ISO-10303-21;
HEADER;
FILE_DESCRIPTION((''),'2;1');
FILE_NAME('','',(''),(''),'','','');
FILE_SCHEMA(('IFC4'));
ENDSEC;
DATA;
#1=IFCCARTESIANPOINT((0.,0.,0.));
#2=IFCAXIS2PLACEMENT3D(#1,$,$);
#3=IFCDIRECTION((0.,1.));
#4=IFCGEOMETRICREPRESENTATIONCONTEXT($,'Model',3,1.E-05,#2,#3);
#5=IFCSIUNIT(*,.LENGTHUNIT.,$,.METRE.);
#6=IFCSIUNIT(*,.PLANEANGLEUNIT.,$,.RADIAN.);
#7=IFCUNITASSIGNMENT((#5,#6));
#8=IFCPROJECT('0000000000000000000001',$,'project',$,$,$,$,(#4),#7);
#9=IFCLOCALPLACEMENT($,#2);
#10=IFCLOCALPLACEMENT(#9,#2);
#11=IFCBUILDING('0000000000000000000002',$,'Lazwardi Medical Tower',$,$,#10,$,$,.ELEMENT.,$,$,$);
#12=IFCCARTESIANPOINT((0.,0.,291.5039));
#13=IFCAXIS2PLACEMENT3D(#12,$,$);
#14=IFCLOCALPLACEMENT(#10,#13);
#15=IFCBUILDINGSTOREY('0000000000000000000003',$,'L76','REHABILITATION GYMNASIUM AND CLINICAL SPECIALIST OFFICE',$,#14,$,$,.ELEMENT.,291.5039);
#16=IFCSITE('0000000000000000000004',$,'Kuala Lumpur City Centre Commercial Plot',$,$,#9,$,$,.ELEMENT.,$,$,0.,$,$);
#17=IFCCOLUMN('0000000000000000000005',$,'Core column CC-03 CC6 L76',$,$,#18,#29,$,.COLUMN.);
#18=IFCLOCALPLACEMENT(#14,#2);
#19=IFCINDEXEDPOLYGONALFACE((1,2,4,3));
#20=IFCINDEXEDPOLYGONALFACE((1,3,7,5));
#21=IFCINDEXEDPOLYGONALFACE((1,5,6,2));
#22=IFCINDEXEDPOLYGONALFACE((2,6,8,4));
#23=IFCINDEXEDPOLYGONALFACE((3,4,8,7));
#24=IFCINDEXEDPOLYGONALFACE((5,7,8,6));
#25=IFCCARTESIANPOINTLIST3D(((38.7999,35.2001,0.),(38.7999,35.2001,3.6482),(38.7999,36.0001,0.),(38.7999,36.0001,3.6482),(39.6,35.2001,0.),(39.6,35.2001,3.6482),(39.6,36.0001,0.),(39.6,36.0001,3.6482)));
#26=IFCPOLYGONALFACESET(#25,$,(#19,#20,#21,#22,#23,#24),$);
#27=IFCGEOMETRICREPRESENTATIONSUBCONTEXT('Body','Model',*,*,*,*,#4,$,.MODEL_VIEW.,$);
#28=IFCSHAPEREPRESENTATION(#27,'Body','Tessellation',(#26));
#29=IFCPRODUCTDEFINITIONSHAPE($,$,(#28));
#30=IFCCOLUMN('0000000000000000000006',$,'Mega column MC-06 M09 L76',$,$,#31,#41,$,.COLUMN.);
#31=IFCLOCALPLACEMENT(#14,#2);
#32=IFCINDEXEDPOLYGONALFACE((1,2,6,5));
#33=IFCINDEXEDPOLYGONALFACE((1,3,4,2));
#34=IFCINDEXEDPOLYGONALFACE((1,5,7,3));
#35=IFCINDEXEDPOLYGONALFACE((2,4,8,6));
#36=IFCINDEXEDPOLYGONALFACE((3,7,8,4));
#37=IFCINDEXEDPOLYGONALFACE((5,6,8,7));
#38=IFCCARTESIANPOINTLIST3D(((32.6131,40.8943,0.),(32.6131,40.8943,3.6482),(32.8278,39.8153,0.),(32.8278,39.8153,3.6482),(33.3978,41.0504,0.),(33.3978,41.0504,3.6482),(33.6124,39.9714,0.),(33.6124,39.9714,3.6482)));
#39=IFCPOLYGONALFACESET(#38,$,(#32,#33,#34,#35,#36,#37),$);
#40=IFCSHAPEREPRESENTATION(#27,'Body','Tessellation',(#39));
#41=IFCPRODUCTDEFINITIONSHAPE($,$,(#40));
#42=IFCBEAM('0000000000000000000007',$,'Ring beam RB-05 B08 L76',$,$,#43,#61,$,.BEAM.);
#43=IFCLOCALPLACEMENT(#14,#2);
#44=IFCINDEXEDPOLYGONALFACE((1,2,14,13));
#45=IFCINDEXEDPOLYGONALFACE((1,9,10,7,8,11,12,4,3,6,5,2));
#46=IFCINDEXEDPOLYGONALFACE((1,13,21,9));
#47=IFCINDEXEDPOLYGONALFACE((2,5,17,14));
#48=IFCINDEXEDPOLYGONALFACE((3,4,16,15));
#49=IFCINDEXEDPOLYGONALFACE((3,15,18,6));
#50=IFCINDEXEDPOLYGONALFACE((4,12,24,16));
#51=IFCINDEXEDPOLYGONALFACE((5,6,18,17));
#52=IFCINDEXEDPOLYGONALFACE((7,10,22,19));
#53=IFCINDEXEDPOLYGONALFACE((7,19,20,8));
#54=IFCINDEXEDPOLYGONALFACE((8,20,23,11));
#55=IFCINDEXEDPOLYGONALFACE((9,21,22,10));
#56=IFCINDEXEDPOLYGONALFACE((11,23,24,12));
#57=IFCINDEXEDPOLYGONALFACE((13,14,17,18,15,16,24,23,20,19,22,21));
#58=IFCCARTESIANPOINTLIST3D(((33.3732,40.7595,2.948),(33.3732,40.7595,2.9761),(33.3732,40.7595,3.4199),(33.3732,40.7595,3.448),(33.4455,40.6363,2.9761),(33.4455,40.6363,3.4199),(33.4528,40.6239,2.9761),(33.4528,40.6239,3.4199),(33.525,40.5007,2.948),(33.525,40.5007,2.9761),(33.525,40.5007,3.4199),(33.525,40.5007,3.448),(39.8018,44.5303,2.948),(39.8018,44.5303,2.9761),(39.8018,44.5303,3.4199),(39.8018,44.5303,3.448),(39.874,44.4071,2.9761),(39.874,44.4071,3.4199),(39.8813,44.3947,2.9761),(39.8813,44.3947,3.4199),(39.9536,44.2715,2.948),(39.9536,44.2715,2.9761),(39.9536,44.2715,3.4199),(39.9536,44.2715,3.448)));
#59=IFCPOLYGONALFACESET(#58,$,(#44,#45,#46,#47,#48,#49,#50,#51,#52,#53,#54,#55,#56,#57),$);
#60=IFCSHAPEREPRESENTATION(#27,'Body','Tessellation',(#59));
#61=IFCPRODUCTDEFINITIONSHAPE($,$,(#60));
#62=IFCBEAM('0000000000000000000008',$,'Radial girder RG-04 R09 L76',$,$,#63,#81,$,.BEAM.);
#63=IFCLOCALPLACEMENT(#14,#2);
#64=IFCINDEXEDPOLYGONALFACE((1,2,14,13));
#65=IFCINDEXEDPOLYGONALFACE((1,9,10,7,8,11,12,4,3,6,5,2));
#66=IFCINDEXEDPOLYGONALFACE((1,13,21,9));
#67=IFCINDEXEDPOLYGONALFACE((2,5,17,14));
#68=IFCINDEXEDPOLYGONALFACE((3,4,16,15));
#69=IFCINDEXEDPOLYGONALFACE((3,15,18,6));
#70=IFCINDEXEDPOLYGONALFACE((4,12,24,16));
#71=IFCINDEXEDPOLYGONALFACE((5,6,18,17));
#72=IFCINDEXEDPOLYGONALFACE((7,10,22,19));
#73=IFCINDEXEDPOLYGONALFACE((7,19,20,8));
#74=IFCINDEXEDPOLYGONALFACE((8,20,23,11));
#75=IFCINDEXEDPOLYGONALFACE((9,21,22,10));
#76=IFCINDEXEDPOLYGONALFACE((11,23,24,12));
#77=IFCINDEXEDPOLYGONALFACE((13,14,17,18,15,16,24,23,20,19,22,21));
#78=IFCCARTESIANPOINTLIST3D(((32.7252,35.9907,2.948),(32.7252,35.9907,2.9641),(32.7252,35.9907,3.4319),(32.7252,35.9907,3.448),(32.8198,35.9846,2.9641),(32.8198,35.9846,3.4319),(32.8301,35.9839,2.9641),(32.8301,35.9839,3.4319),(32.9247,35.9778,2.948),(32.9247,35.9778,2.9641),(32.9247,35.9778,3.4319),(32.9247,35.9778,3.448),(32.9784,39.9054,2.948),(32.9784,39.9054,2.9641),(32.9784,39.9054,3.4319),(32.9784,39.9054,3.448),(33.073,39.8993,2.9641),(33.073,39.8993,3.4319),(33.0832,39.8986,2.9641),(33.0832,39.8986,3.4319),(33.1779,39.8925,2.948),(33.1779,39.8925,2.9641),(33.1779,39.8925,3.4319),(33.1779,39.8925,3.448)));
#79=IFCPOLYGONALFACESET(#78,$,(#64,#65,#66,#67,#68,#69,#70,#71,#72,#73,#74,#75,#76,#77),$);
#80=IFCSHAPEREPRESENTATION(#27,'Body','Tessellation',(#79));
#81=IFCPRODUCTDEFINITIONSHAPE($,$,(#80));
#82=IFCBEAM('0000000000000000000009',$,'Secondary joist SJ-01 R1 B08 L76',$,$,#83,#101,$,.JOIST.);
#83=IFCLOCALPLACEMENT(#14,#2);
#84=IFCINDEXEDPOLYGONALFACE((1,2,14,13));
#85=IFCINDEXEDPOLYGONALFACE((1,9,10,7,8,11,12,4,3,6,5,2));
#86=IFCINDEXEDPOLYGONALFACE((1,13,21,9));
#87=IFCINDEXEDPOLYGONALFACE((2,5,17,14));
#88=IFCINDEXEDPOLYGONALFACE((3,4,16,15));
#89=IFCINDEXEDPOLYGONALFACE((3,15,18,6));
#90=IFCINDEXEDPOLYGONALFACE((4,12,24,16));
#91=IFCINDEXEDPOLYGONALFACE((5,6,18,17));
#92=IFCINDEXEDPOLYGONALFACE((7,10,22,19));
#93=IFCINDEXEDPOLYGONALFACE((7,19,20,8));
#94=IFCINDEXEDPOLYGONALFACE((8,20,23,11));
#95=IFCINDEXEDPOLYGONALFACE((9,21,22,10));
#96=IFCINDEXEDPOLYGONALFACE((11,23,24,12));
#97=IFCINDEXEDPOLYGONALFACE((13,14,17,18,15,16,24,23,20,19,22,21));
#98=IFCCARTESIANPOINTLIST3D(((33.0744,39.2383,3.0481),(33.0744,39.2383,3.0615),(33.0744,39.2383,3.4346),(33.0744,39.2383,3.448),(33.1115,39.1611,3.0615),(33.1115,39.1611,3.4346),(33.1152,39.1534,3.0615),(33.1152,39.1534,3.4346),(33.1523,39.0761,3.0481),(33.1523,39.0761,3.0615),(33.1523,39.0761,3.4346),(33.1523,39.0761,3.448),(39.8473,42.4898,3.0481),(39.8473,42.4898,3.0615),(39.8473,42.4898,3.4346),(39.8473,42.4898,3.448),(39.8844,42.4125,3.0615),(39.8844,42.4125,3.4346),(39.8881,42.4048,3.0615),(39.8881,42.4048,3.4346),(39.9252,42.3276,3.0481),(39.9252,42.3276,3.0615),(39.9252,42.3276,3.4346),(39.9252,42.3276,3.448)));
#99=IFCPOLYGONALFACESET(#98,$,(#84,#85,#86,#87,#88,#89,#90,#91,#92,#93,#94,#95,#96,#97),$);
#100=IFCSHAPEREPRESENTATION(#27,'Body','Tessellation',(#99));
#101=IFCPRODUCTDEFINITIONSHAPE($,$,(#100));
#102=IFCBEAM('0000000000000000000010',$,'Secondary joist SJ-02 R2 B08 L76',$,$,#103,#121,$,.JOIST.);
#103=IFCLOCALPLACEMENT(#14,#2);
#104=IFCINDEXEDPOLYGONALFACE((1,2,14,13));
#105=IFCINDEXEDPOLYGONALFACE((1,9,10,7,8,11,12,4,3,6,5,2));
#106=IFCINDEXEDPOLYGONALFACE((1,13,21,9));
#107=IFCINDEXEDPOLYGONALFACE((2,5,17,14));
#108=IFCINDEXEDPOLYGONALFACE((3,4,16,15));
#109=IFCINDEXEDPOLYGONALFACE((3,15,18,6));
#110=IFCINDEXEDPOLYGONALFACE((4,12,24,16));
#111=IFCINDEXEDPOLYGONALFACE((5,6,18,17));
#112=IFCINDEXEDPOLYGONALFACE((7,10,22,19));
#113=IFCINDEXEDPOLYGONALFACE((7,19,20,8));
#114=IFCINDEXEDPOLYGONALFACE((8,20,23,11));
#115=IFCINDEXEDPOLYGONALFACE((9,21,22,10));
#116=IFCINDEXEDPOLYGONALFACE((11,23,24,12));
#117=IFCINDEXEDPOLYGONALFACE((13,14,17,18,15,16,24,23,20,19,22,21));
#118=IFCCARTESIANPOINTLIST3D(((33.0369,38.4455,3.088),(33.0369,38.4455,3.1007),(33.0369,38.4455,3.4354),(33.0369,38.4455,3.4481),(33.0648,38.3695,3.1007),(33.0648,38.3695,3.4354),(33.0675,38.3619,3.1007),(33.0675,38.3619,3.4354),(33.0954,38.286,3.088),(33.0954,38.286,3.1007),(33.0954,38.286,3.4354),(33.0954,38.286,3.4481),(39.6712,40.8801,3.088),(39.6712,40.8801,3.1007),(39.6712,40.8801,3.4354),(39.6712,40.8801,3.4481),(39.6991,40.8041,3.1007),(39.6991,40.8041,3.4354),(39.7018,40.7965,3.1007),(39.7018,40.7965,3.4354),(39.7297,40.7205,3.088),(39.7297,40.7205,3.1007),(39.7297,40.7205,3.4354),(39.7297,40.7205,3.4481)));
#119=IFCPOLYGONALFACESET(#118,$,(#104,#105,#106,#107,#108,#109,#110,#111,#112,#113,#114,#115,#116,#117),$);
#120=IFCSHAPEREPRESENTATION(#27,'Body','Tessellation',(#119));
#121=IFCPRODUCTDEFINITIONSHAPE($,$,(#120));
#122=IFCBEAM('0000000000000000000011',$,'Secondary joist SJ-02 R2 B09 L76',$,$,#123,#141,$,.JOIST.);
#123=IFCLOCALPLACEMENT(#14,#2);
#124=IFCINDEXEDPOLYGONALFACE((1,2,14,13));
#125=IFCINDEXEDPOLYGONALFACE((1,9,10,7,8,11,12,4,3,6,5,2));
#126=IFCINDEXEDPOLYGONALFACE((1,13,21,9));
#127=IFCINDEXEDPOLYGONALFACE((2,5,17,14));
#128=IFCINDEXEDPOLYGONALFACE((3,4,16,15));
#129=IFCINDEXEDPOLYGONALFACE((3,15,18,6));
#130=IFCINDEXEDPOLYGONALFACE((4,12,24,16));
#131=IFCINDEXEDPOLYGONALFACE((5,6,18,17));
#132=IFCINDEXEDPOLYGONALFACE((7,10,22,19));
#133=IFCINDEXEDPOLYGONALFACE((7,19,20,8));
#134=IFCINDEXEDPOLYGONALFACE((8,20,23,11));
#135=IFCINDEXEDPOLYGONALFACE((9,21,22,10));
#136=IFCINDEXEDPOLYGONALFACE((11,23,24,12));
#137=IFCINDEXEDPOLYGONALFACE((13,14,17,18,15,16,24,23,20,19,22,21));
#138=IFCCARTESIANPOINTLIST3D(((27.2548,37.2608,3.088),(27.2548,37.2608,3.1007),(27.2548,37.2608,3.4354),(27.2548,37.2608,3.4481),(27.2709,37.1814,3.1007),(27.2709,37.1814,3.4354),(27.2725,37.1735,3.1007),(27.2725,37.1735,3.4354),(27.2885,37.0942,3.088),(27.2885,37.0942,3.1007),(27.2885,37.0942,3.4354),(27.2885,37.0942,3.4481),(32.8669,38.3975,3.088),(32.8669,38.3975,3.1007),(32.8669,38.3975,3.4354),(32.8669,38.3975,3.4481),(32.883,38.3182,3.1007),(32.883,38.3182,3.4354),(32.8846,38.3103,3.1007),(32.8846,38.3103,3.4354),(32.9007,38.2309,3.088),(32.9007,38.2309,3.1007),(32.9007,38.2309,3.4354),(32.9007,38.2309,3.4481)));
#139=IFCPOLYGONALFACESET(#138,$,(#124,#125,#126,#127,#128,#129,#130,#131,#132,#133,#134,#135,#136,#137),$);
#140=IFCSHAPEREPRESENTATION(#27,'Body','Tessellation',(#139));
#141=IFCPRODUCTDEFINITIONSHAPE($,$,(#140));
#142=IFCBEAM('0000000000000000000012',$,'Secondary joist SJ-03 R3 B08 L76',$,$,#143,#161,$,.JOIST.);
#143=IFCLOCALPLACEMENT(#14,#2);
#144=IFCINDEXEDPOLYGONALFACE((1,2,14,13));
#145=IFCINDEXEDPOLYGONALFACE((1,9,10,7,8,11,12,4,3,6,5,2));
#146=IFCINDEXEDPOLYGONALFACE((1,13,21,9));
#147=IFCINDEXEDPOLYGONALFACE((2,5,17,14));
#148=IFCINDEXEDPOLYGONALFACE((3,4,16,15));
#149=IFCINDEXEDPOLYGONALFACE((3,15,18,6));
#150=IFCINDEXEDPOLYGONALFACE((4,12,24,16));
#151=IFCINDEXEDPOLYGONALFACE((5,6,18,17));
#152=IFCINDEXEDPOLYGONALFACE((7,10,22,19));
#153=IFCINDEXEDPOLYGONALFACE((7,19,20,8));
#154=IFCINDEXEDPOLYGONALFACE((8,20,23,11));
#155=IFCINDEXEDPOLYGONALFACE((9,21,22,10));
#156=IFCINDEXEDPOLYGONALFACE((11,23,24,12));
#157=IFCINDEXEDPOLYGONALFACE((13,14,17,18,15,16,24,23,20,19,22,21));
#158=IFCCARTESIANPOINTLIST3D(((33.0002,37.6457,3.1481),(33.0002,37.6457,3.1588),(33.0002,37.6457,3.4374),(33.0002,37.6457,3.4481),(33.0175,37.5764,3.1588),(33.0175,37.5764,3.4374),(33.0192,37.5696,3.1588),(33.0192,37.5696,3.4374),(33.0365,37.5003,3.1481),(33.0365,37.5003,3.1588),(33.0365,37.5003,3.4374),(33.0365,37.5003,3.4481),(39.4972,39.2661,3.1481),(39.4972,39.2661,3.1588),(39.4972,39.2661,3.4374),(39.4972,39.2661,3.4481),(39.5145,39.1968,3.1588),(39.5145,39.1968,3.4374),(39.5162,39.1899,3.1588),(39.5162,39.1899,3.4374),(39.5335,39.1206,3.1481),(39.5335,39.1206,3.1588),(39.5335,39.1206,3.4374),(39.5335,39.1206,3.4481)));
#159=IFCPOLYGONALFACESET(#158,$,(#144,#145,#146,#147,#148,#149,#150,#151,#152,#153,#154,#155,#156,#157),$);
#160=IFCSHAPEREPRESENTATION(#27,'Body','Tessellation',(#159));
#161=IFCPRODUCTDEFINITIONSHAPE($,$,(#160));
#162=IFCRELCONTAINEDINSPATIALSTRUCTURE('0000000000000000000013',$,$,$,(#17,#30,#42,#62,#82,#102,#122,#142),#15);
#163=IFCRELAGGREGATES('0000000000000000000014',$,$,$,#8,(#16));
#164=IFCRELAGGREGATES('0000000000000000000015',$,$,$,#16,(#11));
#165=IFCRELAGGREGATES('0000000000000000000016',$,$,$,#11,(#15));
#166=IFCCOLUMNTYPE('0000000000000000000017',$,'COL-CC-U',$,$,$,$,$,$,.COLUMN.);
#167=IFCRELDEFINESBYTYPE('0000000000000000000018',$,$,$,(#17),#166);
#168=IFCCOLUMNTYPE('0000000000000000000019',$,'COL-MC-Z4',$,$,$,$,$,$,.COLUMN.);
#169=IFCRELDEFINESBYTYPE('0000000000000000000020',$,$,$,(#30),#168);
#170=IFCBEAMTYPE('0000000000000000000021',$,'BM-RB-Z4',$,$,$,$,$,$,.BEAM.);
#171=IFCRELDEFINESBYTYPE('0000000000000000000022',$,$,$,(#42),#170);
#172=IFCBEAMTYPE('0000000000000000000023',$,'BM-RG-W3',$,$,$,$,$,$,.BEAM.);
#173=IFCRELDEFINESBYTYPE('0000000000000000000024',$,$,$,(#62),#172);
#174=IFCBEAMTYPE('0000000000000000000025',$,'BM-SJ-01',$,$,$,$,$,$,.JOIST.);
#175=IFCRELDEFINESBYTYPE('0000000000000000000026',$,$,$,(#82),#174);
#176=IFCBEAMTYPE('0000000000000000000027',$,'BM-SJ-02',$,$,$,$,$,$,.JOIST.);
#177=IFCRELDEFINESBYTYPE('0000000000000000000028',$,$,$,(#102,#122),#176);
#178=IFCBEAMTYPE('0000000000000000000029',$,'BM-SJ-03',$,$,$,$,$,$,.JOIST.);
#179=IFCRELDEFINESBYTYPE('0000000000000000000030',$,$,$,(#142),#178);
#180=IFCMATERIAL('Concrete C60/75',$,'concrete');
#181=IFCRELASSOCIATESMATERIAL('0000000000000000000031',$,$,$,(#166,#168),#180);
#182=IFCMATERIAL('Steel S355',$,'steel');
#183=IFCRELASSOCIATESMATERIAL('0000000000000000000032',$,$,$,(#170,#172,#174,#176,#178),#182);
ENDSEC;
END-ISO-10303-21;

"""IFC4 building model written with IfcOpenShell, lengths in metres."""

from ifc_helpers import new_model, si_unit, direction, frame, origin, origin_2d, place, context, subcontext, project, spatial, rectangle, i_section, extrude, material, material_profile, profile_set, type_object, element, save


model = new_model("IFC4")

# Units and contexts
model_context = context("Model", 3, precision=1e-05, world=origin(), true_north=direction((0.0, 1.0)))
body_context = subcontext(model_context, "Body", "Model", "MODEL_VIEW")
ifc_project = project(units=[si_unit("LENGTHUNIT", "METRE"), si_unit("PLANEANGLEUNIT", "RADIAN")], contexts=[model_context])

# Site, building, storey
site_placement = place(None, origin())
site = spatial("IfcSite", under=ifc_project, at=site_placement, Name="Kuala Lumpur City Centre Commercial Plot", CompositionType="ELEMENT", RefElevation=0.0)
building_placement = place(site_placement, origin())
building = spatial("IfcBuilding", under=site, at=building_placement, Name="Lazwardi Medical Tower", CompositionType="ELEMENT")
storey_placement = place(building_placement, frame((0.0, 0.0, 291.5039)))
storey = spatial("IfcBuildingStorey", under=building, at=storey_placement, Name="L76", Description="REHABILITATION GYMNASIUM AND CLINICAL SPECIALIST OFFICE", CompositionType="ELEMENT", Elevation=291.5039)

# Columns
ifc_material_1 = material(Name="Concrete C60/75", Category="concrete")
ifc_material_profile_1 = material_profile(ifc_material_1, rectangle(XDim=0.8, YDim=0.8, at=origin_2d()), Name="RC 800x800")
ifc_profile_set_1 = profile_set([ifc_material_profile_1], Name="Concrete C60/75")
column_type_1 = type_object("IfcColumnType", Name="COL-CC-U", PredefinedType="COLUMN", material=ifc_profile_set_1)
column_1_placement = place(storey_placement, frame((39.2, 35.6001, 0.0), z_axis=(0.0, 0.0, 1.0), x_axis=(1.0, 0.0, 0.0)))
element("IfcColumn", 1, at=column_1_placement, inside=storey, type_object=column_type_1, Name="Core column CC-03 CC6 L76", PredefinedType="COLUMN", context=body_context, shape_type="SweptSolid", body=[
    extrude(rectangle(XDim=0.8, YDim=0.8, at=origin_2d()), origin(), (0.0, 0.0, 1.0), 3.6482),
])
ifc_material_profile_2 = material_profile(ifc_material_1, rectangle(XDim=1.1001, YDim=0.8, at=origin_2d()), Name="CFT-RECT 1100x800")
ifc_profile_set_2 = profile_set([ifc_material_profile_2], Name="Concrete C60/75")
column_type_2 = type_object("IfcColumnType", Name="COL-MC-Z4", PredefinedType="COLUMN", material=ifc_profile_set_2)
column_2_placement = place(storey_placement, frame((33.1128, 40.4329, 0.0), z_axis=(0.0, 0.0, 1.0), x_axis=(-0.19509, 0.980785, 0.0)))
element("IfcColumn", 2, at=column_2_placement, inside=storey, type_object=column_type_2, Name="Mega column MC-06 M09 L76", PredefinedType="COLUMN", context=body_context, shape_type="SweptSolid", body=[
    extrude(rectangle(XDim=1.1001, YDim=0.8, at=origin_2d()), origin(), (0.0, 0.0, 1.0), 3.6482),
])

# Beams
ifc_material_2 = material(Name="Steel S355", Category="steel")
ifc_material_profile_3 = material_profile(ifc_material_2, i_section(OverallWidth=0.3, OverallDepth=0.5, WebThickness=0.0144, FlangeThickness=0.0281, at=origin_2d()), Name="HEB 500")
ifc_profile_set_3 = profile_set([ifc_material_profile_3], Name="Steel S355")
beam_type_1 = type_object("IfcBeamType", Name="BM-RB-Z4", PredefinedType="BEAM", material=ifc_profile_set_3)
beam_1_placement = place(storey_placement, frame((39.8777, 44.4009, 3.198), z_axis=(-0.862561, -0.505953, 0.0), x_axis=(0.505953, -0.862561, 0.0)))
element("IfcBeam", 3, at=beam_1_placement, inside=storey, type_object=beam_type_1, Name="Ring beam RB-05 B08 L76", PredefinedType="BEAM", context=body_context, shape_type="SweptSolid", body=[
    extrude(i_section(OverallWidth=0.3, OverallDepth=0.5, WebThickness=0.0144, FlangeThickness=0.0281, at=origin_2d()), origin(), (0.0, 0.0, 1.0), 7.4529),
])
ifc_material_profile_4 = material_profile(ifc_material_2, i_section(OverallWidth=0.2, OverallDepth=0.5, WebThickness=0.0103, FlangeThickness=0.0161, at=origin_2d()), Name="IPE 500")
ifc_profile_set_4 = profile_set([ifc_material_profile_4], Name="Steel S355")
beam_type_2 = type_object("IfcBeamType", Name="BM-RG-W3", PredefinedType="BEAM", material=ifc_profile_set_4)
beam_2_placement = place(storey_placement, frame((33.0781, 39.8989, 3.198), z_axis=(-0.064536, -0.997915, 0.0), x_axis=(0.997915, -0.064536, 0.0)))
element("IfcBeam", 4, at=beam_2_placement, inside=storey, type_object=beam_type_2, Name="Radial girder RG-04 R09 L76", PredefinedType="BEAM", context=body_context, shape_type="SweptSolid", body=[
    extrude(i_section(OverallWidth=0.2, OverallDepth=0.5, WebThickness=0.0103, FlangeThickness=0.0161, at=origin_2d()), origin(), (0.0, 0.0, 1.0), 3.9229),
])
ifc_material_profile_5 = material_profile(ifc_material_2, i_section(OverallWidth=0.1799, OverallDepth=0.3999, WebThickness=0.0085, FlangeThickness=0.0134, at=origin_2d()), Name="IPE 400")
ifc_profile_set_5 = profile_set([ifc_material_profile_5], Name="Steel S355")
beam_type_3 = type_object("IfcBeamType", Name="BM-SJ-01", PredefinedType="JOIST", material=ifc_profile_set_5)
beam_3_placement = place(storey_placement, frame((39.8862, 42.4087, 3.248), z_axis=(-0.9015, -0.43278, 0.0), x_axis=(0.43278, -0.9015, 0.0)))
element("IfcBeam", 5, at=beam_3_placement, inside=storey, type_object=beam_type_3, Name="Secondary joist SJ-01 R1 B08 L76", PredefinedType="JOIST", context=body_context, shape_type="SweptSolid", body=[
    extrude(i_section(OverallWidth=0.1799, OverallDepth=0.3999, WebThickness=0.0085, FlangeThickness=0.0134, at=origin_2d()), origin(), (0.0, 0.0, 1.0), 7.5129),
])
ifc_material_profile_6 = material_profile(ifc_material_2, i_section(OverallWidth=0.1699, OverallDepth=0.3601, WebThickness=0.0081, FlangeThickness=0.0127, at=origin_2d()), Name="IPE 360")
ifc_profile_set_6 = profile_set([ifc_material_profile_6], Name="Steel S355")
beam_type_4 = type_object("IfcBeamType", Name="BM-SJ-02", PredefinedType="JOIST", material=ifc_profile_set_6)
beam_4_placement = place(storey_placement, frame((39.7004, 40.8003, 3.2681), z_axis=(-0.938785, -0.344504, 0.0), x_axis=(0.344504, -0.938785, 0.0)))
element("IfcBeam", 6, at=beam_4_placement, inside=storey, type_object=beam_type_4, Name="Secondary joist SJ-02 R2 B08 L76", PredefinedType="JOIST", context=body_context, shape_type="SweptSolid", body=[
    extrude(i_section(OverallWidth=0.1699, OverallDepth=0.3601, WebThickness=0.0081, FlangeThickness=0.0127, at=origin_2d()), origin(), (0.0, 0.0, 1.0), 7.0669),
])
beam_5_placement = place(storey_placement, frame((32.8838, 38.3142, 3.2681), z_axis=(-0.980097, -0.198518, 0.0), x_axis=(0.198518, -0.980097, 0.0)))
element("IfcBeam", 7, at=beam_5_placement, inside=storey, type_object=beam_type_4, Name="Secondary joist SJ-02 R2 B09 L76", PredefinedType="JOIST", context=body_context, shape_type="SweptSolid", body=[
    extrude(i_section(OverallWidth=0.1699, OverallDepth=0.3601, WebThickness=0.0081, FlangeThickness=0.0127, at=origin_2d()), origin(), (0.0, 0.0, 1.0), 5.7261),
])
ifc_material_profile_7 = material_profile(ifc_material_2, i_section(OverallWidth=0.1499, OverallDepth=0.3, WebThickness=0.0071, FlangeThickness=0.0107, at=origin_2d()), Name="IPE 300")
ifc_profile_set_7 = profile_set([ifc_material_profile_7], Name="Steel S355")
beam_type_5 = type_object("IfcBeamType", Name="BM-SJ-03", PredefinedType="JOIST", material=ifc_profile_set_7)
beam_6_placement = place(storey_placement, frame((39.5154, 39.1934, 3.2981), z_axis=(-0.97028, -0.241987, 0.0), x_axis=(0.241987, -0.97028, 0.0)))
element("IfcBeam", 8, at=beam_6_placement, inside=storey, type_object=beam_type_5, Name="Secondary joist SJ-03 R3 B08 L76", PredefinedType="JOIST", context=body_context, shape_type="SweptSolid", body=[
    extrude(i_section(OverallWidth=0.1499, OverallDepth=0.3, WebThickness=0.0071, FlangeThickness=0.0107, at=origin_2d()), origin(), (0.0, 0.0, 1.0), 6.696),
])

save(model, "model.ifc")
